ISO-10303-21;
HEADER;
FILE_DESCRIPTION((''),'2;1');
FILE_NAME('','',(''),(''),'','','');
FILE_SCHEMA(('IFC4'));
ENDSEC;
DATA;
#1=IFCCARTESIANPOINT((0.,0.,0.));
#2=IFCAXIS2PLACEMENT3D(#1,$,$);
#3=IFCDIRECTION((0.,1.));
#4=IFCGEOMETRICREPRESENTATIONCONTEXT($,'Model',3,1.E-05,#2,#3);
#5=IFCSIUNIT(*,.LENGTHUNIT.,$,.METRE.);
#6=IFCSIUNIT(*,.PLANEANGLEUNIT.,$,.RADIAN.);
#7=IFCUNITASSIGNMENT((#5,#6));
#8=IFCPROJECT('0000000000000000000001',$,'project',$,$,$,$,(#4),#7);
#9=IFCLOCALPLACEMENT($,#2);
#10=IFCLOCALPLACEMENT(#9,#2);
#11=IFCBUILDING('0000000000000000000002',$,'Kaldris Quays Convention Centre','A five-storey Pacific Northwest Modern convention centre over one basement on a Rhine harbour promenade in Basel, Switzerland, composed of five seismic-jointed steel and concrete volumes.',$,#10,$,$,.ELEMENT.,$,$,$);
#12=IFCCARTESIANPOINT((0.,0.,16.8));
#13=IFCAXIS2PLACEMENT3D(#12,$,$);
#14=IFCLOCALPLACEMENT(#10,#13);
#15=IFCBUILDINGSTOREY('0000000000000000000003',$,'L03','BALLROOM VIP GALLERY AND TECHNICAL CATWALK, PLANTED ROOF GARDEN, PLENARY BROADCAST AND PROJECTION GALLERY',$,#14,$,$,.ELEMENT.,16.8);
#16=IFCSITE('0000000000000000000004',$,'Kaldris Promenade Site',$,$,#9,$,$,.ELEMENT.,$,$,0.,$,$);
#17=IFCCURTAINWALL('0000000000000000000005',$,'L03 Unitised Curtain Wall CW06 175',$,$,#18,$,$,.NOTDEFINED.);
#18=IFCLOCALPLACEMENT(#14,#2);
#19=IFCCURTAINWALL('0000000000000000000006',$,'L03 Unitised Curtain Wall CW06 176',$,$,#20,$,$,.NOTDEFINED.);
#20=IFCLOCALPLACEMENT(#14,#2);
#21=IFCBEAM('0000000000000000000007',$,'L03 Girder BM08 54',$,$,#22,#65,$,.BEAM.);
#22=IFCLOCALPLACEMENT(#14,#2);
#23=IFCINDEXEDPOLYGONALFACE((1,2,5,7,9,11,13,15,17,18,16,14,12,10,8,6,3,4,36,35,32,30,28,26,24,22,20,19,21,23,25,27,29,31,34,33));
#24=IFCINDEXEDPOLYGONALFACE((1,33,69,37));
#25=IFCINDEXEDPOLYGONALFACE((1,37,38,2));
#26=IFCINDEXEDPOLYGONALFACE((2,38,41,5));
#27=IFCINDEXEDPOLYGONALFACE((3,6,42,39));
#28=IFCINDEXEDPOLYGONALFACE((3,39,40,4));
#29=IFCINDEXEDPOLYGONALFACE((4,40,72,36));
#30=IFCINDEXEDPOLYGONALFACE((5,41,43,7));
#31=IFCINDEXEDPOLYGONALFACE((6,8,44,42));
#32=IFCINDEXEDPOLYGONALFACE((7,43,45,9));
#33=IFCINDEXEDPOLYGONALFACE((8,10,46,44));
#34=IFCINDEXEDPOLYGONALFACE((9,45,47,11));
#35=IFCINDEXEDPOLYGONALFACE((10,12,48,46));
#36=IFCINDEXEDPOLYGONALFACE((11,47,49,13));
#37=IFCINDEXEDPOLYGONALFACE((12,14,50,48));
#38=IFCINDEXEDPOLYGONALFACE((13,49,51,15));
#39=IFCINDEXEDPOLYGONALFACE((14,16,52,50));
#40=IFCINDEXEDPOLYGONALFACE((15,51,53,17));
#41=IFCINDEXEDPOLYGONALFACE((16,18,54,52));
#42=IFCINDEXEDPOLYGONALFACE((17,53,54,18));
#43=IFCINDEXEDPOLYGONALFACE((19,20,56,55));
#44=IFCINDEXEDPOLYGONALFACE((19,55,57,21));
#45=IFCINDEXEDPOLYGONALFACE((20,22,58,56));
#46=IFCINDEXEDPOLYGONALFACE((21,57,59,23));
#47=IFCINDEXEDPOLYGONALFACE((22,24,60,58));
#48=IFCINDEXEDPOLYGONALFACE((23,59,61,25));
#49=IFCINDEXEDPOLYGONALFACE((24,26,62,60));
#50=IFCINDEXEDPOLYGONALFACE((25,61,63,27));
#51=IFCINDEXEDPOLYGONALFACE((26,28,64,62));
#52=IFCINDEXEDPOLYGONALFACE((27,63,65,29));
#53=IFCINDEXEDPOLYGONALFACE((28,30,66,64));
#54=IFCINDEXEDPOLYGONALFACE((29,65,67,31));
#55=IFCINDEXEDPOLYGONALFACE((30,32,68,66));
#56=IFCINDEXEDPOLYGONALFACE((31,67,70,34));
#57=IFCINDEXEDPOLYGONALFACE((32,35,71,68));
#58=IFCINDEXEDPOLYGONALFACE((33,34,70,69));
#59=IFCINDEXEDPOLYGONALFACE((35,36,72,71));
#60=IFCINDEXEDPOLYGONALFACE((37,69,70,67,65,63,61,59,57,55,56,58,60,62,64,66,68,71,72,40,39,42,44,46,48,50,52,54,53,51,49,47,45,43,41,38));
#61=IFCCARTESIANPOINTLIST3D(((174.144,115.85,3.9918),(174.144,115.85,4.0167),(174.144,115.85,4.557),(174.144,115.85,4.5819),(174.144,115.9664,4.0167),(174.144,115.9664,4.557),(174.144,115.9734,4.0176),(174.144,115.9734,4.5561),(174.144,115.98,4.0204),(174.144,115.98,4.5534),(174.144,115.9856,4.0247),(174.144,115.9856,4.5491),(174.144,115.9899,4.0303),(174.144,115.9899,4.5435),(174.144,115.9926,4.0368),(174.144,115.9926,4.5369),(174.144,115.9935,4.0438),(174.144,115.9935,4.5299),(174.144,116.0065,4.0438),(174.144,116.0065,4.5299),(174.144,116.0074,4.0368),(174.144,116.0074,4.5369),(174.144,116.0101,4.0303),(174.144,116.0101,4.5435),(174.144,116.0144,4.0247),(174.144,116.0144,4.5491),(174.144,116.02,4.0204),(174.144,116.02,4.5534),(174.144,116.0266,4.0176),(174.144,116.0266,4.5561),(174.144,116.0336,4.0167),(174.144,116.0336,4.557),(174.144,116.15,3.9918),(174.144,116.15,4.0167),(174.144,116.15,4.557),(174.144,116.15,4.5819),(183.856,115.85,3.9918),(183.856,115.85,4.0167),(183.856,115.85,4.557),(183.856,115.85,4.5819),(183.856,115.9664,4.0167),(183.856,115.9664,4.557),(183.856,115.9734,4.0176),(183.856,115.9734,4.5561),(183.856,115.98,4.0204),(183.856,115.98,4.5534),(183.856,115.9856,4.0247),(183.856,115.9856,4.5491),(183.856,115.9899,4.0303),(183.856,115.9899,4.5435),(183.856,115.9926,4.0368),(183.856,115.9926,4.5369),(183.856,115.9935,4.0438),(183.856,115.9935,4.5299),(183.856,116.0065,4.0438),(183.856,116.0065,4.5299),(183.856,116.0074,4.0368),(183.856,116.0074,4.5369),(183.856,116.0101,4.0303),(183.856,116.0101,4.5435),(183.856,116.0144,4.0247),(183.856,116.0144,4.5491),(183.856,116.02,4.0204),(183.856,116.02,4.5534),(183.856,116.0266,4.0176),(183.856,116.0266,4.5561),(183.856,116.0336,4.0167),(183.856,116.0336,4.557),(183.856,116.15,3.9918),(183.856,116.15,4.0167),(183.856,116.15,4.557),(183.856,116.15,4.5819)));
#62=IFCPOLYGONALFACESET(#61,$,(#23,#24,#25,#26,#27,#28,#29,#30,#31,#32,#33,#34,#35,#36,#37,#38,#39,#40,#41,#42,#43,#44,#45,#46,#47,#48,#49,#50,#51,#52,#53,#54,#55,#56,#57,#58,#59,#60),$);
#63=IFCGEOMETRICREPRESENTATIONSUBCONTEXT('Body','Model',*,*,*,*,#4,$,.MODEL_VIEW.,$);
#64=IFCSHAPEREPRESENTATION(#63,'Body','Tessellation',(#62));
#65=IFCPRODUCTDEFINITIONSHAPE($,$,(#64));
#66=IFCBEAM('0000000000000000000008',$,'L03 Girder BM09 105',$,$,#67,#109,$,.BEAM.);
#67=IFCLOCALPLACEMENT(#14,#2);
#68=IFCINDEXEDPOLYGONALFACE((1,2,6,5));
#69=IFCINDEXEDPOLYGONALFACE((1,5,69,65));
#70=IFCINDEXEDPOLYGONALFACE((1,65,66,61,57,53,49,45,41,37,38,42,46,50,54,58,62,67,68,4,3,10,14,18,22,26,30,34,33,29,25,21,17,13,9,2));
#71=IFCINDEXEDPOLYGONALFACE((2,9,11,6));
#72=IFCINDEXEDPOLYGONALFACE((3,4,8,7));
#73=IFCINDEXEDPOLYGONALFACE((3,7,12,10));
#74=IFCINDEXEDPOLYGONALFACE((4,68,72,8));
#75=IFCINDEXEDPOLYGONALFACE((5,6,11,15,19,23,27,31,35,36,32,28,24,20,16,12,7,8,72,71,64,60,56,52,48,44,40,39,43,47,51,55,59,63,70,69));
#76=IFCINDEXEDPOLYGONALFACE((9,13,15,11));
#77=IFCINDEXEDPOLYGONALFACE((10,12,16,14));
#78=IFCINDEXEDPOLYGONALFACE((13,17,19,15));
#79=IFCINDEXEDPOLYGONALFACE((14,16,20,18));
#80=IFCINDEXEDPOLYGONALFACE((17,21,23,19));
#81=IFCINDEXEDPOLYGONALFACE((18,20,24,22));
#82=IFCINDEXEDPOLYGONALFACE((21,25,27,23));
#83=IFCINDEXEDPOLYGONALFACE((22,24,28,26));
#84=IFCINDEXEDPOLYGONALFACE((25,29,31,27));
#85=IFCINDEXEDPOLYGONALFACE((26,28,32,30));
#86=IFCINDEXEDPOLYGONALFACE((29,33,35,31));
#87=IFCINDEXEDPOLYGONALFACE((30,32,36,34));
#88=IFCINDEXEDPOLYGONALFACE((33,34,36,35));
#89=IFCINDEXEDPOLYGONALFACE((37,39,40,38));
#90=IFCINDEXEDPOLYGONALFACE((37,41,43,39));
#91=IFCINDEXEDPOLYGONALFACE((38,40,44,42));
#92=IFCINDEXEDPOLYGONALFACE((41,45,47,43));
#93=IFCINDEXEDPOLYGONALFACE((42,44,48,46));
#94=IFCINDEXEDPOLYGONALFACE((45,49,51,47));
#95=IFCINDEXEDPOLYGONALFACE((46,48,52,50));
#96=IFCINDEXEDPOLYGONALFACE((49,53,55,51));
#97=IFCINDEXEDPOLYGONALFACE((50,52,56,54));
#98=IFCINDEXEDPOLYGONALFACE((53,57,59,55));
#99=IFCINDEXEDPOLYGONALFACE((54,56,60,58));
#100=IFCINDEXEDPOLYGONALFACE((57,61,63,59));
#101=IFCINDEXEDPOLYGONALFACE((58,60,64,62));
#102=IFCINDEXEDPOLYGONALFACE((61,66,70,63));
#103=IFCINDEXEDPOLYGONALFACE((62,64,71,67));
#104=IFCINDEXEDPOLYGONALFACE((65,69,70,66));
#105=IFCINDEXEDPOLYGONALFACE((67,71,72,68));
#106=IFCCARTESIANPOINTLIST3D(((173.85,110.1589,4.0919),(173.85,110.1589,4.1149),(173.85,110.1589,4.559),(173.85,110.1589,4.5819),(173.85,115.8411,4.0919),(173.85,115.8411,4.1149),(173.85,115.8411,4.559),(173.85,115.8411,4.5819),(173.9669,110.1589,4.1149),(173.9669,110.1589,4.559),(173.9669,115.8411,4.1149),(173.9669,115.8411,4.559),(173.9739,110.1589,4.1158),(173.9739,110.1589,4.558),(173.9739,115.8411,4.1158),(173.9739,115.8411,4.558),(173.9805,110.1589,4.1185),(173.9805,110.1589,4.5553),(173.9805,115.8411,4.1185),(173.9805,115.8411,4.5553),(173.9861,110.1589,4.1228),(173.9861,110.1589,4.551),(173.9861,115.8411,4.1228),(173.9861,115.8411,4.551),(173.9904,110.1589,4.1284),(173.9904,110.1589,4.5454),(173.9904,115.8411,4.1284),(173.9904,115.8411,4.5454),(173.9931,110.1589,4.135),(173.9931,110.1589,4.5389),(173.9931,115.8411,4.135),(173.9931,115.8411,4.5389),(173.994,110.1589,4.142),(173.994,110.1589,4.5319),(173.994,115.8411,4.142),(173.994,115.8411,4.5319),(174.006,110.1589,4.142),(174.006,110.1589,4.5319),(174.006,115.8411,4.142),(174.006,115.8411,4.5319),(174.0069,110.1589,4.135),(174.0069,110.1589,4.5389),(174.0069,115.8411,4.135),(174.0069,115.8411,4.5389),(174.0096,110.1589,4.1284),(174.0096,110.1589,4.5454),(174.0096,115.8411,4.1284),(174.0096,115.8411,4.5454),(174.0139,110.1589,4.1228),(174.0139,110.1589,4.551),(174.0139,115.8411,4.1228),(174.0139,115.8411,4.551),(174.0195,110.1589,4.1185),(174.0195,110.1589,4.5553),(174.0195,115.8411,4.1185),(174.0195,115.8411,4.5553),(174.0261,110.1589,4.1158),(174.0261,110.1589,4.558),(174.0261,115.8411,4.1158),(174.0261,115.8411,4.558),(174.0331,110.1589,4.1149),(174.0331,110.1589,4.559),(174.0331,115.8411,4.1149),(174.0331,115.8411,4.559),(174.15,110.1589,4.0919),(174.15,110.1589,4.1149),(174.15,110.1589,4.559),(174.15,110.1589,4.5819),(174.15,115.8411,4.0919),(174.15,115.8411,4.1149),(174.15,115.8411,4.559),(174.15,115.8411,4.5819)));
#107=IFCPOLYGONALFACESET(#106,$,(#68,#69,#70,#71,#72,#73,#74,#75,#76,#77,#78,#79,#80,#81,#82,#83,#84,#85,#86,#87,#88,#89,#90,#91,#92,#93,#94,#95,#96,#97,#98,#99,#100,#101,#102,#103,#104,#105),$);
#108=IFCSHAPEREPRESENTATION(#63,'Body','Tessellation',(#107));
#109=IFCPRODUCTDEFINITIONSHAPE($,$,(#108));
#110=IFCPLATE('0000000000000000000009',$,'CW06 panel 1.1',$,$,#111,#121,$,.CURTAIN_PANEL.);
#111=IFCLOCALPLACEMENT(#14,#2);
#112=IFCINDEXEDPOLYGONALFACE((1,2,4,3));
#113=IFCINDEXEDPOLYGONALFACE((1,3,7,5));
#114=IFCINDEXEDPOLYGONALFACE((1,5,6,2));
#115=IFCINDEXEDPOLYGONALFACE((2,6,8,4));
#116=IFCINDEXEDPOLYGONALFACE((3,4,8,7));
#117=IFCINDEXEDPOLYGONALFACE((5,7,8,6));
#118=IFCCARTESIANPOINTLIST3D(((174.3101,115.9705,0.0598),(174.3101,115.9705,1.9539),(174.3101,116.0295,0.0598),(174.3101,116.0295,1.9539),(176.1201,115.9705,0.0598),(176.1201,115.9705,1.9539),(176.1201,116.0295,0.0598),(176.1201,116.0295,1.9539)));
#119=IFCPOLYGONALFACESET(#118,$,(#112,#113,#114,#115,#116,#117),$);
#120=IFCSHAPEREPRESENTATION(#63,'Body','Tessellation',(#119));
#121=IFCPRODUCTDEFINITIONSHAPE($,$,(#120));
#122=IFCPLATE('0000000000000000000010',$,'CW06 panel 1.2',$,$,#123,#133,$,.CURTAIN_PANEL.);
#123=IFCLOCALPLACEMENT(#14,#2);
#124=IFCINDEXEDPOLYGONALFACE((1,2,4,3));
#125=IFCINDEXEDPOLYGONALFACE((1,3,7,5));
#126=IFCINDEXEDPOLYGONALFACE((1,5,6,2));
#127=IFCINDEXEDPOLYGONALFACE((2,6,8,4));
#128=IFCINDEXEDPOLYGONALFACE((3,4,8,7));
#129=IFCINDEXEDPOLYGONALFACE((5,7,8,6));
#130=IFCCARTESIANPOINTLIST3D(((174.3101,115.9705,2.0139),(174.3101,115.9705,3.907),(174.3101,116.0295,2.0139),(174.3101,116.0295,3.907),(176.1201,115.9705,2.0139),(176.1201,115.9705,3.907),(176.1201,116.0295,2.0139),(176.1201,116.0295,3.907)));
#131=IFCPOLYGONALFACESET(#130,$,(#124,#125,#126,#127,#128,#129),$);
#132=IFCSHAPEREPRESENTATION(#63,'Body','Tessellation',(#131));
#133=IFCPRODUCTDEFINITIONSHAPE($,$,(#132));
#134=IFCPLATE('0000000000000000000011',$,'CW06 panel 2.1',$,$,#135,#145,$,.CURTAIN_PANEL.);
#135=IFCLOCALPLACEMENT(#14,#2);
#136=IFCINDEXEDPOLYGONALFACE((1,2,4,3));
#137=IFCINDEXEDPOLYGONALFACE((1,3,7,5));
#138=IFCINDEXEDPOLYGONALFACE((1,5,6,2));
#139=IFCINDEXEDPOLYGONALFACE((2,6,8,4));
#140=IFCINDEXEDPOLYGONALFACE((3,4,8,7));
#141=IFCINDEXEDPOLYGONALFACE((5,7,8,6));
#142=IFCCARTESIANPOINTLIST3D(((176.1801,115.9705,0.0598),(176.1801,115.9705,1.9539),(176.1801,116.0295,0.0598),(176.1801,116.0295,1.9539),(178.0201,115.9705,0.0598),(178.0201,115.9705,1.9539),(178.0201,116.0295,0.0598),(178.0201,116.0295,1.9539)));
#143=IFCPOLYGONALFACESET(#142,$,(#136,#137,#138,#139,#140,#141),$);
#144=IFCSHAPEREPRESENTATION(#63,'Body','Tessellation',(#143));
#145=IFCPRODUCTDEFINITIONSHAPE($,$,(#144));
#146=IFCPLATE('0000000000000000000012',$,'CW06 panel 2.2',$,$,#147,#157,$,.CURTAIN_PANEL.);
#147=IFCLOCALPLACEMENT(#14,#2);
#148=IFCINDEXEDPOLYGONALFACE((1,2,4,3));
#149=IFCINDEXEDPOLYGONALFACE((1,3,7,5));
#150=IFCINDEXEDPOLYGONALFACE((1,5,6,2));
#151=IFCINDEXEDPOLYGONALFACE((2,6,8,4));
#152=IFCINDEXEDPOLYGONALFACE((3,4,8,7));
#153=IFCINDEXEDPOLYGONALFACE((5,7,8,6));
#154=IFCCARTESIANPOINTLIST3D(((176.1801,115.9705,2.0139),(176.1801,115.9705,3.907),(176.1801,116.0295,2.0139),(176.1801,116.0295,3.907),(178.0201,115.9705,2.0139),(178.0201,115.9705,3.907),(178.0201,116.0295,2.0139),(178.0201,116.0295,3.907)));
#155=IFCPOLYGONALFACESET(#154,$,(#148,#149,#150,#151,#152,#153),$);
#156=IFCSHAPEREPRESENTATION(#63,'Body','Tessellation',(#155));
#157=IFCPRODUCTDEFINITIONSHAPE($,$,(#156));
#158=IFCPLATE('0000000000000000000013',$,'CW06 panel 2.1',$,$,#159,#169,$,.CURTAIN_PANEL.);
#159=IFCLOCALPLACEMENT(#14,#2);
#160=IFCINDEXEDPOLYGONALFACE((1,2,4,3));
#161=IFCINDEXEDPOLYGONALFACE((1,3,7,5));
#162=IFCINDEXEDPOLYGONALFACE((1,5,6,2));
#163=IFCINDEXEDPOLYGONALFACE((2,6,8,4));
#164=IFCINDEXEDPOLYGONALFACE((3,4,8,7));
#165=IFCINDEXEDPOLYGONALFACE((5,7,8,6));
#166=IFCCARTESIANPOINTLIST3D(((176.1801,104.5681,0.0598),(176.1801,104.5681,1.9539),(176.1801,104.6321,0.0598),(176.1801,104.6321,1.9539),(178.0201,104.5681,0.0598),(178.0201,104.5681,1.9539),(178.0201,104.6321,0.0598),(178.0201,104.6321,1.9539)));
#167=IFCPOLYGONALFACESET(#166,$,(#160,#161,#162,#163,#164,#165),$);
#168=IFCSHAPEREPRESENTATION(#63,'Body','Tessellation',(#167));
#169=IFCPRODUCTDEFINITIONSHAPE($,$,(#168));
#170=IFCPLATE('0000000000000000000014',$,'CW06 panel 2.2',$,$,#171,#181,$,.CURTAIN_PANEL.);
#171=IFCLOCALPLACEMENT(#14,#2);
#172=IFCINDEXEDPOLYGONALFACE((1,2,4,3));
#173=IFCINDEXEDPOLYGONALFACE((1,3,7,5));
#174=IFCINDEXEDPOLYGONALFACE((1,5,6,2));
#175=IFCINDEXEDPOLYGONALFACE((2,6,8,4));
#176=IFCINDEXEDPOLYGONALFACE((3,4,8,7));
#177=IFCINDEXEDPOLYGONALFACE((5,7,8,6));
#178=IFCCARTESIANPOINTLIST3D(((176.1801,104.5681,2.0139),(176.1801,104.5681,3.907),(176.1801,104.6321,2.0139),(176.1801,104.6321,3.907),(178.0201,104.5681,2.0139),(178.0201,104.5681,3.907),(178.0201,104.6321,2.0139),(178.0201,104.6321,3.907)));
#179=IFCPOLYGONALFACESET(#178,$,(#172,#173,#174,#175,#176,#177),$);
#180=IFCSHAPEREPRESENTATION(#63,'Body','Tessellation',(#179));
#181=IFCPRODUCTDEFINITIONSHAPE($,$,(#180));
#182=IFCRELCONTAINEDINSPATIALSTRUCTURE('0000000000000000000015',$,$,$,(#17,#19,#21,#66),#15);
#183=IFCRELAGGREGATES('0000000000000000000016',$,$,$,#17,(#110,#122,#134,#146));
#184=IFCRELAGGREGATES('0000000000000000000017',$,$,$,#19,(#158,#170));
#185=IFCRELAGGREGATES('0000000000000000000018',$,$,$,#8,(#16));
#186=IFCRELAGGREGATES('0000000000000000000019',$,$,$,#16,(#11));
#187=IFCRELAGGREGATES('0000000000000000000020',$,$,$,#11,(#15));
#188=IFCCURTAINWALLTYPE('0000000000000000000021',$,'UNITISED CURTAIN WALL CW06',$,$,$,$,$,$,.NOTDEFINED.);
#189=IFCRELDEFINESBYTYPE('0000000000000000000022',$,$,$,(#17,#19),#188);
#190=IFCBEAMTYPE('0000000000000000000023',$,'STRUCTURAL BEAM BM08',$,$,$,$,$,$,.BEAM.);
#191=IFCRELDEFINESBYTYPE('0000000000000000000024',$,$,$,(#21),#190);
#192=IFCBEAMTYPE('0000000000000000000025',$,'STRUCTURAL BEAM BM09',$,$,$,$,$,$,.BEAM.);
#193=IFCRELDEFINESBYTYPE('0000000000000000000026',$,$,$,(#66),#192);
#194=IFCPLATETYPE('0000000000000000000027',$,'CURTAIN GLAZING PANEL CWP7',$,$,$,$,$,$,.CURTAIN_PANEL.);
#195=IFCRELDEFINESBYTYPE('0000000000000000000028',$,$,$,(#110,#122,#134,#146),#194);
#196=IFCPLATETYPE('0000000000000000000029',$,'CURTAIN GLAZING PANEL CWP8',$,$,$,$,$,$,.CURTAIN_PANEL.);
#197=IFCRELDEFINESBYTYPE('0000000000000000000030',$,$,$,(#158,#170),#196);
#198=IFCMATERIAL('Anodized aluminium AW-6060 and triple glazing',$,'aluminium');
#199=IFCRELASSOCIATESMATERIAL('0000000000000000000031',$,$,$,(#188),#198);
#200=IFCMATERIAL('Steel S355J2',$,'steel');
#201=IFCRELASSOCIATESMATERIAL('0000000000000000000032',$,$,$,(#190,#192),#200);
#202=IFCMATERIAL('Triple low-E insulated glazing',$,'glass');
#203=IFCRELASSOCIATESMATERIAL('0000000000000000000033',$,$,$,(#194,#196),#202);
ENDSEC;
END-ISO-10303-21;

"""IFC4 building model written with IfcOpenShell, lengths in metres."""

from ifc_helpers import new_model, si_unit, direction, frame, origin, origin_2d, place, context, subcontext, project, spatial, rectangle, i_section, extrude, material, material_profile, profile_set, type_object, element, aggregate, save


model = new_model("IFC4")

# Units and contexts
model_context = context("Model", 3, precision=1e-05, world=origin(), true_north=direction((0.0, 1.0)))
body_context = subcontext(model_context, "Body", "Model", "MODEL_VIEW")
ifc_project = project(units=[si_unit("LENGTHUNIT", "METRE"), si_unit("PLANEANGLEUNIT", "RADIAN")], contexts=[model_context])

# Site, building, storey
site_placement = place(None, origin())
site = spatial("IfcSite", under=ifc_project, at=site_placement, Name="Kaldris Promenade Site", CompositionType="ELEMENT", RefElevation=0.0)
building_placement = place(site_placement, origin())
building = spatial("IfcBuilding", under=site, at=building_placement, Name="Kaldris Quays Convention Centre", Description="A five-storey Pacific Northwest Modern convention centre over one basement on a Rhine harbour promenade in Basel, Switzerland, composed of five seismic-jointed steel and concrete volumes.", CompositionType="ELEMENT")
storey_placement = place(building_placement, frame((0.0, 0.0, 16.8)))
storey = spatial("IfcBuildingStorey", under=building, at=storey_placement, Name="L03", Description="BALLROOM VIP GALLERY AND TECHNICAL CATWALK, PLANTED ROOF GARDEN, PLENARY BROADCAST AND PROJECTION GALLERY", CompositionType="ELEMENT", Elevation=16.8)

# Shared definitions
ifc_material_1 = material(Name="Steel S355J2", Category="steel")

# Curtain wall
ifc_material_2 = material(Name="Anodized aluminium AW-6060 and triple glazing", Category="aluminium")
curtain_wall_type = type_object("IfcCurtainWallType", Name="UNITISED CURTAIN WALL CW06", PredefinedType="NOTDEFINED", material=ifc_material_2)
curtain_wall_1_placement = place(storey_placement, origin())
curtain_wall_1 = element("IfcCurtainWall", 1, at=curtain_wall_1_placement, inside=storey, type_object=curtain_wall_type, Name="L03 Unitised Curtain Wall CW06 175", PredefinedType="NOTDEFINED")

# Curtain wall
curtain_wall_2_placement = place(storey_placement, origin())
curtain_wall_2 = element("IfcCurtainWall", 2, at=curtain_wall_2_placement, inside=storey, type_object=curtain_wall_type, Name="L03 Unitised Curtain Wall CW06 176", PredefinedType="NOTDEFINED")

# Beams
ifc_material_profile_1 = material_profile(ifc_material_1, i_section(OverallWidth=0.3, OverallDepth=0.5901, WebThickness=0.0129, FlangeThickness=0.0249, FilletRadius=0.0271, at=origin_2d()), Name="HEA 600")
ifc_profile_set_1 = profile_set([ifc_material_profile_1], Name="Steel S355J2")
beam_type_1 = type_object("IfcBeamType", Name="STRUCTURAL BEAM BM08", PredefinedType="BEAM", material=ifc_profile_set_1)
for number, where, z_axis, x_axis, name in (
    (3, (174.144, 116.0, 4.2869), (1.0, 0.0, 0.0), (0.0, 1.0, 0.0), "L03 Girder BM08 54"),
):
    element("IfcBeam", number, at=place(storey_placement, frame(where, z_axis=z_axis, x_axis=x_axis)), inside=storey, type_object=beam_type_1, Name=name, PredefinedType="BEAM", context=body_context, shape_type="SweptSolid", body=[
        extrude(i_section(OverallWidth=0.3, OverallDepth=0.5901, WebThickness=0.0129, FlangeThickness=0.0249, FilletRadius=0.0271, at=origin_2d()), origin(), (0.0, 0.0, 1.0), 9.7119),
    ])
ifc_material_profile_2 = material_profile(ifc_material_1, i_section(OverallWidth=0.3, OverallDepth=0.49, WebThickness=0.012, FlangeThickness=0.0229, FilletRadius=0.0271, at=origin_2d()), Name="HEA 500")
ifc_profile_set_2 = profile_set([ifc_material_profile_2], Name="Steel S355J2")
beam_type_2 = type_object("IfcBeamType", Name="STRUCTURAL BEAM BM09", PredefinedType="BEAM", material=ifc_profile_set_2)
beam_placement = place(storey_placement, frame((174.0, 110.1589, 4.3369), z_axis=(0.0, 1.0, 0.0), x_axis=(-1.0, 0.0, 0.0)))
element("IfcBeam", 4, at=beam_placement, inside=storey, type_object=beam_type_2, Name="L03 Girder BM09 105", PredefinedType="BEAM", context=body_context, shape_type="SweptSolid", body=[
    extrude(i_section(OverallWidth=0.3, OverallDepth=0.49, WebThickness=0.012, FlangeThickness=0.0229, FilletRadius=0.0271, at=origin_2d()), origin(), (0.0, 0.0, 1.0), 5.6821),
])

# Plates
ifc_material_3 = material(Name="Triple low-E insulated glazing", Category="glass")
plate_type_1 = type_object("IfcPlateType", Name="CURTAIN GLAZING PANEL CWP7", PredefinedType="CURTAIN_PANEL", material=ifc_material_3)
plate_1_placement = place(storey_placement, frame((175.2151, 116.0, 0.0598), z_axis=(0.0, 0.0, 1.0), x_axis=(1.0, 0.0, 0.0)))
plate_1 = element("IfcPlate", 5, at=plate_1_placement, type_object=plate_type_1, Name="CW06 panel 1.1", PredefinedType="CURTAIN_PANEL", context=body_context, shape_type="SweptSolid", body=[
    extrude(rectangle(XDim=1.8101, YDim=0.0591, at=origin_2d()), origin(), (0.0, 0.0, 1.0), 1.894),
])
plate_2_placement = place(storey_placement, frame((175.2151, 116.0, 2.0139), z_axis=(0.0, 0.0, 1.0), x_axis=(1.0, 0.0, 0.0)))
plate_2 = element("IfcPlate", 6, at=plate_2_placement, type_object=plate_type_1, Name="CW06 panel 1.2", PredefinedType="CURTAIN_PANEL", context=body_context, shape_type="SweptSolid", body=[
    extrude(rectangle(XDim=1.8101, YDim=0.0591, at=origin_2d()), origin(), (0.0, 0.0, 1.0), 1.8931),
])
plate_3_placement = place(storey_placement, frame((177.1001, 116.0, 0.0598), z_axis=(0.0, 0.0, 1.0), x_axis=(1.0, 0.0, 0.0)))
plate_3 = element("IfcPlate", 7, at=plate_3_placement, type_object=plate_type_1, Name="CW06 panel 2.1", PredefinedType="CURTAIN_PANEL", context=body_context, shape_type="SweptSolid", body=[
    extrude(rectangle(XDim=1.8401, YDim=0.0591, at=origin_2d()), origin(), (0.0, 0.0, 1.0), 1.894),
])
plate_4_placement = place(storey_placement, frame((177.1001, 116.0, 2.0139), z_axis=(0.0, 0.0, 1.0), x_axis=(1.0, 0.0, 0.0)))
plate_4 = element("IfcPlate", 8, at=plate_4_placement, type_object=plate_type_1, Name="CW06 panel 2.2", PredefinedType="CURTAIN_PANEL", context=body_context, shape_type="SweptSolid", body=[
    extrude(rectangle(XDim=1.8401, YDim=0.0591, at=origin_2d()), origin(), (0.0, 0.0, 1.0), 1.8931),
])
aggregate(curtain_wall_1, [plate_1, plate_2, plate_3, plate_4])
plate_type_2 = type_object("IfcPlateType", Name="CURTAIN GLAZING PANEL CWP8", PredefinedType="CURTAIN_PANEL", material=ifc_material_3)
plate_5_placement = place(storey_placement, frame((177.1001, 104.6001, 0.0598), z_axis=(0.0, 0.0, 1.0), x_axis=(1.0, 0.0, 0.0)))
plate_5 = element("IfcPlate", 9, at=plate_5_placement, type_object=plate_type_2, Name="CW06 panel 2.1", PredefinedType="CURTAIN_PANEL", context=body_context, shape_type="SweptSolid", body=[
    extrude(rectangle(XDim=1.8401, YDim=0.064, at=origin_2d()), origin(), (0.0, 0.0, 1.0), 1.894),
])
plate_6_placement = place(storey_placement, frame((177.1001, 104.6001, 2.0139), z_axis=(0.0, 0.0, 1.0), x_axis=(1.0, 0.0, 0.0)))
plate_6 = element("IfcPlate", 10, at=plate_6_placement, type_object=plate_type_2, Name="CW06 panel 2.2", PredefinedType="CURTAIN_PANEL", context=body_context, shape_type="SweptSolid", body=[
    extrude(rectangle(XDim=1.8401, YDim=0.064, at=origin_2d()), origin(), (0.0, 0.0, 1.0), 1.8931),
])
aggregate(curtain_wall_2, [plate_5, plate_6])

save(model, "model.ifc")
